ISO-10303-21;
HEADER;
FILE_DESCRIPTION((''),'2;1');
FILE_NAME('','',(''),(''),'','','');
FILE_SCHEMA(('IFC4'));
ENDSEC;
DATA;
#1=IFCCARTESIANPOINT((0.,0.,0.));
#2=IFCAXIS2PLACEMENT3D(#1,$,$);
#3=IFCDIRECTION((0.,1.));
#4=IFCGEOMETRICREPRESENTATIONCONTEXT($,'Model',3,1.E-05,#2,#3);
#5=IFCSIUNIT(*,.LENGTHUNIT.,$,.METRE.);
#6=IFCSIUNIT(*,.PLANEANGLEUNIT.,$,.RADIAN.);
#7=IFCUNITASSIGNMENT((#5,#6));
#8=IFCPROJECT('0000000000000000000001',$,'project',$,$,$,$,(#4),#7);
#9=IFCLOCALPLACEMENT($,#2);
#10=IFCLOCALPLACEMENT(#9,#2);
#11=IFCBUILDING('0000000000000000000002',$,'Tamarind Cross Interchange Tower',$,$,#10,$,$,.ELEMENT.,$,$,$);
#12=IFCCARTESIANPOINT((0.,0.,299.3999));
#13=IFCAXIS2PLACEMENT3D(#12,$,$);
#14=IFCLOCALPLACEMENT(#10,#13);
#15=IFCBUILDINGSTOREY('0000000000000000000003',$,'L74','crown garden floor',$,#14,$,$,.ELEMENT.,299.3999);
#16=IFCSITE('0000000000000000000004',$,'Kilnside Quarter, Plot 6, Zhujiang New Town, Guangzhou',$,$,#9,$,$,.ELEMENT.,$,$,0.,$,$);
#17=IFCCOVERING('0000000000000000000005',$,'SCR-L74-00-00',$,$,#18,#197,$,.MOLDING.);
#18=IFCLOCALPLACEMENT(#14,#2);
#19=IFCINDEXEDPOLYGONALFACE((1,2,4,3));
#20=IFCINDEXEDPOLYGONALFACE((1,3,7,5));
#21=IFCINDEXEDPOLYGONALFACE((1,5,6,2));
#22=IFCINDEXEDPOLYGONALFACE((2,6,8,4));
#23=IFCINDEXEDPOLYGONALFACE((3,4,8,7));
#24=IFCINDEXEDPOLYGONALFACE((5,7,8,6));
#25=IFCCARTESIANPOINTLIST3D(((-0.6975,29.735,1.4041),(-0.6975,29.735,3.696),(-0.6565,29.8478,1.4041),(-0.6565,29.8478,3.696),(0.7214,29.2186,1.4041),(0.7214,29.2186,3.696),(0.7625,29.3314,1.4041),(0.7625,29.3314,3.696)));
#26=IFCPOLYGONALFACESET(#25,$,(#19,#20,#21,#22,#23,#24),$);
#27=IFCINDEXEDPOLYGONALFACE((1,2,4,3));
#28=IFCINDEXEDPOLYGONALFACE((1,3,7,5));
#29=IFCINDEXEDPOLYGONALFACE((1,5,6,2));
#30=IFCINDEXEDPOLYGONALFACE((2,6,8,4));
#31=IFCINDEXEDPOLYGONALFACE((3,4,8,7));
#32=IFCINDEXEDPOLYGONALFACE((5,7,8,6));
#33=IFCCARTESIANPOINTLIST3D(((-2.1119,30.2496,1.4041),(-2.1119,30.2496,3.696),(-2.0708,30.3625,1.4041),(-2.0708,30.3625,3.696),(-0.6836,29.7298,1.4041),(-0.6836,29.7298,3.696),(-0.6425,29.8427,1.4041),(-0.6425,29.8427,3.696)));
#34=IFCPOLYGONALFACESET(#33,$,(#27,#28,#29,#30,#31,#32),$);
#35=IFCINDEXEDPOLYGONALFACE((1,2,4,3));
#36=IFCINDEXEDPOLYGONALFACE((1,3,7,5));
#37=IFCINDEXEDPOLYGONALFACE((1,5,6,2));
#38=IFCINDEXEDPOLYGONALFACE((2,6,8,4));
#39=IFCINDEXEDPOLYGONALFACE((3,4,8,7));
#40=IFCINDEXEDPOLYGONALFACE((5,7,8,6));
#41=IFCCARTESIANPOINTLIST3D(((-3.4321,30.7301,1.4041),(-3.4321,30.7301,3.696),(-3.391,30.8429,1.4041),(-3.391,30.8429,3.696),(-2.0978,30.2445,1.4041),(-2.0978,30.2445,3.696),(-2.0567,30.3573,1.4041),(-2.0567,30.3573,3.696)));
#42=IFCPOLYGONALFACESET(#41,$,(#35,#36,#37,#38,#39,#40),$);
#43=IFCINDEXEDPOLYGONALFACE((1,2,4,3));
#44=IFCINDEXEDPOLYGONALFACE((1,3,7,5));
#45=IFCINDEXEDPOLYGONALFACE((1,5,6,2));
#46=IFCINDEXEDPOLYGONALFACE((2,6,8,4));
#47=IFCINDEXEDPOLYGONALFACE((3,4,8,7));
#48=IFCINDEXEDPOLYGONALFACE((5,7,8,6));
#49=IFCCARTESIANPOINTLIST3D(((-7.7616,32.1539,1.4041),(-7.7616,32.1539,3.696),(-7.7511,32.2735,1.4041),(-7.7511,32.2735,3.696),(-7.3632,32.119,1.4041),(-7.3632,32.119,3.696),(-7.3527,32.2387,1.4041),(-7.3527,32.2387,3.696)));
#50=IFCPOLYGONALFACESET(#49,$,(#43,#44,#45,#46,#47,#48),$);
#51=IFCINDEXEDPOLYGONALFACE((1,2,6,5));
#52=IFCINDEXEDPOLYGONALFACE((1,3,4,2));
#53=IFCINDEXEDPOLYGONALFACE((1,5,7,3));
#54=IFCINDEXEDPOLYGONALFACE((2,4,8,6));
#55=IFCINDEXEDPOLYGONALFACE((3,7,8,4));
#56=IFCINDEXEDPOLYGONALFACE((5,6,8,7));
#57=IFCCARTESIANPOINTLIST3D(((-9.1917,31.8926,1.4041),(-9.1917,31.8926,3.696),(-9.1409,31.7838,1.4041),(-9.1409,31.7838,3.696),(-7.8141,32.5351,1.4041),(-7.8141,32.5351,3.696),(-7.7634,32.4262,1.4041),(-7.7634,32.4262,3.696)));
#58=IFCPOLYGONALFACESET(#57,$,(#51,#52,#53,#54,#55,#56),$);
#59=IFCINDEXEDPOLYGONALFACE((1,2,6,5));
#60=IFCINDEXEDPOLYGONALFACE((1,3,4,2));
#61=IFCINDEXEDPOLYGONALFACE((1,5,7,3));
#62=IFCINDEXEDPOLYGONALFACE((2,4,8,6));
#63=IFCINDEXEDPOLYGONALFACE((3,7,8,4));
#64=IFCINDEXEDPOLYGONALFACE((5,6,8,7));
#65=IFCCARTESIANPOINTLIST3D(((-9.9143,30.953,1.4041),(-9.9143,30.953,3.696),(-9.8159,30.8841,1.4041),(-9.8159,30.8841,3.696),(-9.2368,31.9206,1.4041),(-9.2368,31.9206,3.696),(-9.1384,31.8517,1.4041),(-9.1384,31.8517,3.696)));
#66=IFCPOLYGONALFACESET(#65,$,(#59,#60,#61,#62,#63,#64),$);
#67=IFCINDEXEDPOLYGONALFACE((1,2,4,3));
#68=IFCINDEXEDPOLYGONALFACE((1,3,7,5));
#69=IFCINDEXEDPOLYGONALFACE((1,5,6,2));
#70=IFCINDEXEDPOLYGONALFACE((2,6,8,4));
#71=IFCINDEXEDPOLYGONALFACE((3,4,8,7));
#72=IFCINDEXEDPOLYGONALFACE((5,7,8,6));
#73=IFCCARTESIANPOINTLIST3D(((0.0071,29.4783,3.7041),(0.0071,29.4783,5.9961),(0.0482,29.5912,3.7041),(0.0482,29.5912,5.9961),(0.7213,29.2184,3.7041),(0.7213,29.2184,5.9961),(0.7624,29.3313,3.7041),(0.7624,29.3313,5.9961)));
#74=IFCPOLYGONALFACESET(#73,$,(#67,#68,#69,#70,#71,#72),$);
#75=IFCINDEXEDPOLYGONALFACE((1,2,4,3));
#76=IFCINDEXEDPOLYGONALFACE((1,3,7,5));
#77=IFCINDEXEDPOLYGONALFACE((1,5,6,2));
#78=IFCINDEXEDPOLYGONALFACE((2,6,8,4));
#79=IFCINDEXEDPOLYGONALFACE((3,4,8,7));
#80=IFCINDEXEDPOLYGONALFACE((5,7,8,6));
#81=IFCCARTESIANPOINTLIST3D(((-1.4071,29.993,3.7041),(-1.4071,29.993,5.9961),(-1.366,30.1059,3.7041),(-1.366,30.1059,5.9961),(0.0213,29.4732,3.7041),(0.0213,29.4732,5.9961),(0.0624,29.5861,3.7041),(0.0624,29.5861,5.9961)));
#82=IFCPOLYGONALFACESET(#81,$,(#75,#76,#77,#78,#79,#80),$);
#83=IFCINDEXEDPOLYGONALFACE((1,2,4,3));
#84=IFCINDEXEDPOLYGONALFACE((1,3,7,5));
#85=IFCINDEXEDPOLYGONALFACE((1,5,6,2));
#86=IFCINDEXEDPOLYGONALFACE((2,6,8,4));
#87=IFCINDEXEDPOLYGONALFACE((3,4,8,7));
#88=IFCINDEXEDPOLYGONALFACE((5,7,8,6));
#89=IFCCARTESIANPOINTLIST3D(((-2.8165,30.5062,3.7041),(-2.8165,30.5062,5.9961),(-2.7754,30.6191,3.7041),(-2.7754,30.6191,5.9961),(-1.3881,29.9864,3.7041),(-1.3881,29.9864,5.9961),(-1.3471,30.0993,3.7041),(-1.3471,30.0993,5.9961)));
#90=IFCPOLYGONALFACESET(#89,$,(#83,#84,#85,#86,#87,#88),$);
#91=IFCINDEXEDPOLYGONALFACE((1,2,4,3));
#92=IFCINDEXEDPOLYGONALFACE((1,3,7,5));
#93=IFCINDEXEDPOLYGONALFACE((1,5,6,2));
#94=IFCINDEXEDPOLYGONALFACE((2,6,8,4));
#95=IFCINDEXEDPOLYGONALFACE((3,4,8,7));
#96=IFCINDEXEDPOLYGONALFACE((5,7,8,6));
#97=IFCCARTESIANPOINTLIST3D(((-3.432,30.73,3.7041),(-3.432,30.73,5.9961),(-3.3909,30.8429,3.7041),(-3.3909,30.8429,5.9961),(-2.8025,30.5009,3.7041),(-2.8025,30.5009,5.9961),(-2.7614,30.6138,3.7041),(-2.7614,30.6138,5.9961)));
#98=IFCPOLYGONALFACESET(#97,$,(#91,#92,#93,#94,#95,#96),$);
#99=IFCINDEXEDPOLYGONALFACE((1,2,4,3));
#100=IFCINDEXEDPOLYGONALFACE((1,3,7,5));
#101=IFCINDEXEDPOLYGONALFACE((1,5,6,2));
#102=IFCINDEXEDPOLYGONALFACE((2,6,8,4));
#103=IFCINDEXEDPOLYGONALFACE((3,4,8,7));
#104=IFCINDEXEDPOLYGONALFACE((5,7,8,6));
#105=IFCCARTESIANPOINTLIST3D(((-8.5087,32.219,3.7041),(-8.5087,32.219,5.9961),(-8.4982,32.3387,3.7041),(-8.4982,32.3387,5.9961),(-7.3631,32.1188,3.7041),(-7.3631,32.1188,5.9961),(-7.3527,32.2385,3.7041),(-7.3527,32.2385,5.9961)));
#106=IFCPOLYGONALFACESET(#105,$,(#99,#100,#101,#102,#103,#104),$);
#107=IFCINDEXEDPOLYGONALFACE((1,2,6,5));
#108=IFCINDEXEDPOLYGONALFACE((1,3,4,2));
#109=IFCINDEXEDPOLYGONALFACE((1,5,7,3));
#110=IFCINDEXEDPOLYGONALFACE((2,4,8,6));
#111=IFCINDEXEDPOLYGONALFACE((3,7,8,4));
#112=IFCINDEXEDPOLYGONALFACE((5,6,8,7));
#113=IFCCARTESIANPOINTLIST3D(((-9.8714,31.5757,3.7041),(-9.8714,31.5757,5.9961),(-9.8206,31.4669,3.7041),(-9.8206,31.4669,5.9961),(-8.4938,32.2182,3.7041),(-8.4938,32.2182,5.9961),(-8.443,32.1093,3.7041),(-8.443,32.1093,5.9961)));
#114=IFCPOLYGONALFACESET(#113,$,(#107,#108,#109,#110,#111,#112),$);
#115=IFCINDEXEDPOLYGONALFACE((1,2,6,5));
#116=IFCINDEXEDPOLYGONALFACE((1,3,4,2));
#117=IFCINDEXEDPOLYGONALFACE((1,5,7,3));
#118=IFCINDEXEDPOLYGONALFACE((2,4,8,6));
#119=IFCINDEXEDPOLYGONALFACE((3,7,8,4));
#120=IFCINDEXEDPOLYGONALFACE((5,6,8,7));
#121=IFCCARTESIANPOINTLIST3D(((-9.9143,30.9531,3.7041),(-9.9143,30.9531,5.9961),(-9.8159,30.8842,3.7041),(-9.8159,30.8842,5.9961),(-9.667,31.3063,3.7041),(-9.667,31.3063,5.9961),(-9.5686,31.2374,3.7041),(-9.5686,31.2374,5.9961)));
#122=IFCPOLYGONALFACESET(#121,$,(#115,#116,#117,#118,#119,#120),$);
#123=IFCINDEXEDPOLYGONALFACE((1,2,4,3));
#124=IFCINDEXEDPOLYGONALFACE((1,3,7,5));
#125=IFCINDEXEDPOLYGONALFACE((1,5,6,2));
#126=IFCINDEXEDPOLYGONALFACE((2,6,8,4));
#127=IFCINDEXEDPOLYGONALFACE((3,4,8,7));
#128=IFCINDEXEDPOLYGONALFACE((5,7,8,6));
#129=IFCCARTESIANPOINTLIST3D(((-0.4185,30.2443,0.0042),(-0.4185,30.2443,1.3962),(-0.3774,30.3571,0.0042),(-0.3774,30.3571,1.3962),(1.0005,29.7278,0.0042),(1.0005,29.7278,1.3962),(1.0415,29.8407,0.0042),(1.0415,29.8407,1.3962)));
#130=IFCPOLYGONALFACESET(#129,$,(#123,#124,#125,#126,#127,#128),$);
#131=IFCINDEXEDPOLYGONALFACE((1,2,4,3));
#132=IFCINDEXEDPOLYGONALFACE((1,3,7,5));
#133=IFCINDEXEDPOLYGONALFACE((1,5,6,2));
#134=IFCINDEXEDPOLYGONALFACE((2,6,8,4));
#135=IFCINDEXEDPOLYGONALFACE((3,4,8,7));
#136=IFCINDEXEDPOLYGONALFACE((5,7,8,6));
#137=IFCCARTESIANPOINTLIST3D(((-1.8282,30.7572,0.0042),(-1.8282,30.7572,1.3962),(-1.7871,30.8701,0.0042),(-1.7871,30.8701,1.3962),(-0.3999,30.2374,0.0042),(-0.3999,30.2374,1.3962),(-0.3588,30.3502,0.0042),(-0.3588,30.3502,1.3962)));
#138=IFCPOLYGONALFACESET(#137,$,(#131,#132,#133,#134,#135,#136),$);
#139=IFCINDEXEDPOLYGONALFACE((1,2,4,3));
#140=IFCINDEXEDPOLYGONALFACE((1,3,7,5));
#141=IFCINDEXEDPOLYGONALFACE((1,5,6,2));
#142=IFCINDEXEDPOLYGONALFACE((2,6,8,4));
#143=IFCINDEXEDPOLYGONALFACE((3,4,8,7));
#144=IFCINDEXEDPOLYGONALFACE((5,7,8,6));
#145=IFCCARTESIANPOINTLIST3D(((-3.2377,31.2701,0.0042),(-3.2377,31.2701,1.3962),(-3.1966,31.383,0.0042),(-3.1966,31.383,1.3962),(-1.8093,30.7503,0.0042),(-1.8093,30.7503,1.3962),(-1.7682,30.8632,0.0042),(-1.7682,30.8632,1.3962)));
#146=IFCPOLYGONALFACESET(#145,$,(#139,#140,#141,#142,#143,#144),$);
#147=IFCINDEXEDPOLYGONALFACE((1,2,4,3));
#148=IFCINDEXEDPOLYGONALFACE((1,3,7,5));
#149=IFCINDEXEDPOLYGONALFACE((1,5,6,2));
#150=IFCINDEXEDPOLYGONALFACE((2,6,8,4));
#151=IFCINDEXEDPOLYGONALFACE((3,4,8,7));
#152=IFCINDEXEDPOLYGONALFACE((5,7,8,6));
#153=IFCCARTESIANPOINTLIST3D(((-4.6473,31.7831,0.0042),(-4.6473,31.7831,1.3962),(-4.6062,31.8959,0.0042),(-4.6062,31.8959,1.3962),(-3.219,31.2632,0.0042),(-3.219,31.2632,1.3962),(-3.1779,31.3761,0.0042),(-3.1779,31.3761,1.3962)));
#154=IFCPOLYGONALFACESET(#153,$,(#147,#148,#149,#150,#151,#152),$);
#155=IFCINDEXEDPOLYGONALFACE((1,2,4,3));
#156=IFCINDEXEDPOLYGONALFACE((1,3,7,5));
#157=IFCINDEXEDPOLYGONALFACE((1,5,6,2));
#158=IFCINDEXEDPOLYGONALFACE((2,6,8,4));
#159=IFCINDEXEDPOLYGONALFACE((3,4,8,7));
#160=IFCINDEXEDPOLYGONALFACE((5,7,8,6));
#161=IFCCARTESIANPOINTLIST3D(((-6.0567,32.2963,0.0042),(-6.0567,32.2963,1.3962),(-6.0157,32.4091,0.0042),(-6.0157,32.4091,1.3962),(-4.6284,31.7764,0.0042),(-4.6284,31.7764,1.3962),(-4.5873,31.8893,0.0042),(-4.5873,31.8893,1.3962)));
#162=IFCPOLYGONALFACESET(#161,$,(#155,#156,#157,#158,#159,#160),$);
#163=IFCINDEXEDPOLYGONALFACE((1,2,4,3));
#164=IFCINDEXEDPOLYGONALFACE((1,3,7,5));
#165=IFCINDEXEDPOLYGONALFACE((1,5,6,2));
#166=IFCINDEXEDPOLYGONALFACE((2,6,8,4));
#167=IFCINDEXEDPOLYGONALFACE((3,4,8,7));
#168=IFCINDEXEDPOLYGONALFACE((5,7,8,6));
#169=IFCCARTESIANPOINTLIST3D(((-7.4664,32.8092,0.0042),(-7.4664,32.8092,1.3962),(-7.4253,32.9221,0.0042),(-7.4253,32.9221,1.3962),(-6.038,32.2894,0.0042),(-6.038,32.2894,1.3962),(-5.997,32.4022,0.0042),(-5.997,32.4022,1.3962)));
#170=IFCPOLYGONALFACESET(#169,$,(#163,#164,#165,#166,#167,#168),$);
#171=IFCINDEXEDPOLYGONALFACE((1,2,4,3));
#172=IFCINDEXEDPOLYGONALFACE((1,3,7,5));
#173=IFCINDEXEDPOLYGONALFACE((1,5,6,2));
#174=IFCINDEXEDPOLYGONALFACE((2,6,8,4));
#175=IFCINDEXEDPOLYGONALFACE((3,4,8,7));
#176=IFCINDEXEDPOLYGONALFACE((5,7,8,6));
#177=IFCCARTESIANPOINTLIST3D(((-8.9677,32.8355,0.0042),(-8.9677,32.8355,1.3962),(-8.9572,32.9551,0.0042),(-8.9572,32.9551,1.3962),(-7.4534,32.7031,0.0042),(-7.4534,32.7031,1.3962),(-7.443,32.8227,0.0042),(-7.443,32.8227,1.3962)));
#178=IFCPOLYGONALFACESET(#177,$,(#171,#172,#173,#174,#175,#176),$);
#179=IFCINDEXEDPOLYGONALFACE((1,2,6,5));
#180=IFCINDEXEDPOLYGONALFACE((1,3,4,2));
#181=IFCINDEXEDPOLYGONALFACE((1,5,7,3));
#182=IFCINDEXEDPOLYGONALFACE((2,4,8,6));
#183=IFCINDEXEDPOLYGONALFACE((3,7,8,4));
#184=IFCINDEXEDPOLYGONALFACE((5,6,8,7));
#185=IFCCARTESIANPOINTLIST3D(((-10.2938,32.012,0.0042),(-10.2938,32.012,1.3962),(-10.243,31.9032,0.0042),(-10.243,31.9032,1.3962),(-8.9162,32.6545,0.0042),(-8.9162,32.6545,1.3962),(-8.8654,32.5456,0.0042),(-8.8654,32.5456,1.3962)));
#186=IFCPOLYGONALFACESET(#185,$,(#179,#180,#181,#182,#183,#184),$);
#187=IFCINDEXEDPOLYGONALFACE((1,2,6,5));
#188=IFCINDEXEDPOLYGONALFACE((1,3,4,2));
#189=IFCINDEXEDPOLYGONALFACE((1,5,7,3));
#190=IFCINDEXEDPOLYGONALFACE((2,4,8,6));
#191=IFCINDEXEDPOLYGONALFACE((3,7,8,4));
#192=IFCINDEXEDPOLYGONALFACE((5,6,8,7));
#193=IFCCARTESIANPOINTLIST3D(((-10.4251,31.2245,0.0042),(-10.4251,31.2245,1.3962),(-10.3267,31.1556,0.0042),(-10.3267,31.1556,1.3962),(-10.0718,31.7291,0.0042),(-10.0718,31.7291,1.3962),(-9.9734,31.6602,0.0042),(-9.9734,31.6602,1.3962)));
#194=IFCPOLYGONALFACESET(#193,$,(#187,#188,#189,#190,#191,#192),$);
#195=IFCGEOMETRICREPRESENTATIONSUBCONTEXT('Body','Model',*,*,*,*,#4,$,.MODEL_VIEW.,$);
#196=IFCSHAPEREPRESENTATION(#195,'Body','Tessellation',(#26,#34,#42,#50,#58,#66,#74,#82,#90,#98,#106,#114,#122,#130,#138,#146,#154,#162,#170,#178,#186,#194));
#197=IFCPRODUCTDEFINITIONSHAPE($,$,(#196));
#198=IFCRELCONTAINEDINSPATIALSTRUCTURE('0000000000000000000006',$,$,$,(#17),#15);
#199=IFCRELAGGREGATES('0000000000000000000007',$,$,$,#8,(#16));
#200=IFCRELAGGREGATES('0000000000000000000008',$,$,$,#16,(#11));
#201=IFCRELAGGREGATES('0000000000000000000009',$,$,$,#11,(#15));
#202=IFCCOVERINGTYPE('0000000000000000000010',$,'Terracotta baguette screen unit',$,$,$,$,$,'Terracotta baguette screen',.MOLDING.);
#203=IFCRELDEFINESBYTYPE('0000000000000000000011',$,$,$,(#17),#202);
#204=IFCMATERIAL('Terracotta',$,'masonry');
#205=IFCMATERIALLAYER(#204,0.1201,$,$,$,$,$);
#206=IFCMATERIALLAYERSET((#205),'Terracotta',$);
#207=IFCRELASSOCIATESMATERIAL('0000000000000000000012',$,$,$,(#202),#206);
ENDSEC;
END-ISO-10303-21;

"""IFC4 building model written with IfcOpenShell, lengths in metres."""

from ifc_helpers import new_model, si_unit, direction, frame, origin, origin_2d, place, context, subcontext, project, spatial, rectangle, extrude, material, layer, layer_set, type_object, element, save


model = new_model("IFC4")

# Units and contexts
model_context = context("Model", 3, precision=1e-05, world=origin(), true_north=direction((0.0, 1.0)))
body_context = subcontext(model_context, "Body", "Model", "MODEL_VIEW")
ifc_project = project(units=[si_unit("LENGTHUNIT", "METRE"), si_unit("PLANEANGLEUNIT", "RADIAN")], contexts=[model_context])

# Site, building, storey
site_placement = place(None, origin())
site = spatial("IfcSite", under=ifc_project, at=site_placement, Name="Kilnside Quarter, Plot 6, Zhujiang New Town, Guangzhou", CompositionType="ELEMENT", RefElevation=0.0)
building_placement = place(site_placement, origin())
building = spatial("IfcBuilding", under=site, at=building_placement, Name="Tamarind Cross Interchange Tower", CompositionType="ELEMENT")
storey_placement = place(building_placement, frame((0.0, 0.0, 299.3999)))
storey = spatial("IfcBuildingStorey", under=building, at=storey_placement, Name="L74", Description="crown garden floor", CompositionType="ELEMENT", Elevation=299.3999)

# Covering
ifc_material_1 = material(Name="Terracotta", Category="masonry")
ifc_layer_1 = layer(ifc_material_1, 0.1201)
ifc_layer_set_1 = layer_set([ifc_layer_1], Name="Terracotta")
covering_type = type_object("IfcCoveringType", Name="Terracotta baguette screen unit", ElementType="Terracotta baguette screen", PredefinedType="MOLDING", material=ifc_layer_set_1)
covering_1_placement = place(storey_placement, origin())
element("IfcCovering", 1, at=covering_1_placement, inside=storey, type_object=covering_type, Name="SCR-L74-00-00", PredefinedType="MOLDING", context=body_context, shape_type="SweptSolid", body=[
    extrude(rectangle(XDim=1.51, YDim=0.1201, at=origin_2d()), frame((0.0325, 29.5332, 1.4041), z_axis=(0.0, 0.0, 1.0), x_axis=(-0.939702, 0.341994, 0.0)), (0.0, 0.0, 1.0), 2.292),
    extrude(rectangle(XDim=1.52, YDim=0.1201, at=origin_2d()), frame((-1.3772, 30.0461, 1.4041), z_axis=(0.0, 0.0, 1.0), x_axis=(-0.939702, 0.341994, 0.0)), (0.0, 0.0, 1.0), 2.292),
    extrude(rectangle(XDim=1.4199, YDim=0.1201, at=origin_2d()), frame((-2.7444, 30.5437, 1.4041), z_axis=(0.0, 0.0, 1.0), x_axis=(-0.939702, 0.341994, 0.0)), (0.0, 0.0, 1.0), 2.292),
    extrude(rectangle(XDim=0.3999, YDim=0.1201, at=origin_2d()), frame((-7.5571, 32.1963, 1.4041), z_axis=(0.0, 0.0, 1.0), x_axis=(-0.996197, 0.087128, 0.0)), (0.0, 0.0, 1.0), 2.292),
    extrude(rectangle(XDim=1.52, YDim=0.1201, at=origin_2d()), frame((-8.4775, 32.1594, 1.4041), z_axis=(0.0, 0.0, 1.0), x_axis=(-0.906296, -0.422644, 0.0)), (0.0, 0.0, 1.0), 2.292),
    extrude(rectangle(XDim=1.1812, YDim=0.1201, at=origin_2d()), frame((-9.5264, 31.4023, 1.4041), z_axis=(0.0, 0.0, 1.0), x_axis=(-0.573554, -0.819168, 0.0)), (0.0, 0.0, 1.0), 2.292),
    extrude(rectangle(XDim=0.76, YDim=0.1201, at=origin_2d()), frame((0.3848, 29.4048, 3.7041), z_axis=(0.0, 0.0, 1.0), x_axis=(-0.939702, 0.341994, 0.0)), (0.0, 0.0, 1.0), 2.292),
    extrude(rectangle(XDim=1.52, YDim=0.1201, at=origin_2d()), frame((-0.6724, 29.7896, 3.7041), z_axis=(0.0, 0.0, 1.0), x_axis=(-0.939702, 0.341994, 0.0)), (0.0, 0.0, 1.0), 2.292),
    extrude(rectangle(XDim=1.52, YDim=0.1201, at=origin_2d()), frame((-2.0818, 30.3027, 3.7041), z_axis=(0.0, 0.0, 1.0), x_axis=(-0.939702, 0.341994, 0.0)), (0.0, 0.0, 1.0), 2.292),
    extrude(rectangle(XDim=0.6699, YDim=0.1201, at=origin_2d()), frame((-3.0967, 30.6719, 3.7041), z_axis=(0.0, 0.0, 1.0), x_axis=(-0.939702, 0.341994, 0.0)), (0.0, 0.0, 1.0), 2.292),
    extrude(rectangle(XDim=1.1499, YDim=0.1201, at=origin_2d()), frame((-7.9307, 32.2288, 3.7041), z_axis=(0.0, 0.0, 1.0), x_axis=(-0.996197, 0.087128, 0.0)), (0.0, 0.0, 1.0), 2.292),
    extrude(rectangle(XDim=1.52, YDim=0.1201, at=origin_2d()), frame((-9.1572, 31.8425, 3.7041), z_axis=(0.0, 0.0, 1.0), x_axis=(-0.906296, -0.422644, 0.0)), (0.0, 0.0, 1.0), 2.292),
    extrude(rectangle(XDim=0.4312, YDim=0.1201, at=origin_2d()), frame((-9.7415, 31.0952, 3.7041), z_axis=(0.0, 0.0, 1.0), x_axis=(-0.573554, -0.819168, 0.0)), (0.0, 0.0, 1.0), 2.292),
    extrude(rectangle(XDim=1.51, YDim=0.1201, at=origin_2d()), frame((0.3115, 30.0425, 0.0042), z_axis=(0.0, 0.0, 1.0), x_axis=(-0.939702, 0.341994, 0.0)), (0.0, 0.0, 1.0), 1.3921),
    extrude(rectangle(XDim=1.52, YDim=0.1201, at=origin_2d()), frame((-1.0935, 30.5537, 0.0042), z_axis=(0.0, 0.0, 1.0), x_axis=(-0.939702, 0.341994, 0.0)), (0.0, 0.0, 1.0), 1.3921),
    extrude(rectangle(XDim=1.52, YDim=0.1201, at=origin_2d()), frame((-2.5029, 31.0667, 0.0042), z_axis=(0.0, 0.0, 1.0), x_axis=(-0.939702, 0.341994, 0.0)), (0.0, 0.0, 1.0), 1.3921),
    extrude(rectangle(XDim=1.52, YDim=0.1201, at=origin_2d()), frame((-3.9126, 31.5796, 0.0042), z_axis=(0.0, 0.0, 1.0), x_axis=(-0.939702, 0.341994, 0.0)), (0.0, 0.0, 1.0), 1.3921),
    extrude(rectangle(XDim=1.52, YDim=0.1201, at=origin_2d()), frame((-5.322, 32.0928, 0.0042), z_axis=(0.0, 0.0, 1.0), x_axis=(-0.939702, 0.341994, 0.0)), (0.0, 0.0, 1.0), 1.3921),
    extrude(rectangle(XDim=1.52, YDim=0.1201, at=origin_2d()), frame((-6.7317, 32.6057, 0.0042), z_axis=(0.0, 0.0, 1.0), x_axis=(-0.939702, 0.341994, 0.0)), (0.0, 0.0, 1.0), 1.3921),
    extrude(rectangle(XDim=1.52, YDim=0.1201, at=origin_2d()), frame((-8.2053, 32.8291, 0.0042), z_axis=(0.0, 0.0, 1.0), x_axis=(-0.996197, 0.087128, 0.0)), (0.0, 0.0, 1.0), 1.3921),
    extrude(rectangle(XDim=1.52, YDim=0.1201, at=origin_2d()), frame((-9.5796, 32.2788, 0.0042), z_axis=(0.0, 0.0, 1.0), x_axis=(-0.906296, -0.422644, 0.0)), (0.0, 0.0, 1.0), 1.3921),
    extrude(rectangle(XDim=0.616, YDim=0.1201, at=origin_2d()), frame((-10.1992, 31.4424, 0.0042), z_axis=(0.0, 0.0, 1.0), x_axis=(-0.573554, -0.819168, 0.0)), (0.0, 0.0, 1.0), 1.3921),
])

save(model, "model.ifc")
